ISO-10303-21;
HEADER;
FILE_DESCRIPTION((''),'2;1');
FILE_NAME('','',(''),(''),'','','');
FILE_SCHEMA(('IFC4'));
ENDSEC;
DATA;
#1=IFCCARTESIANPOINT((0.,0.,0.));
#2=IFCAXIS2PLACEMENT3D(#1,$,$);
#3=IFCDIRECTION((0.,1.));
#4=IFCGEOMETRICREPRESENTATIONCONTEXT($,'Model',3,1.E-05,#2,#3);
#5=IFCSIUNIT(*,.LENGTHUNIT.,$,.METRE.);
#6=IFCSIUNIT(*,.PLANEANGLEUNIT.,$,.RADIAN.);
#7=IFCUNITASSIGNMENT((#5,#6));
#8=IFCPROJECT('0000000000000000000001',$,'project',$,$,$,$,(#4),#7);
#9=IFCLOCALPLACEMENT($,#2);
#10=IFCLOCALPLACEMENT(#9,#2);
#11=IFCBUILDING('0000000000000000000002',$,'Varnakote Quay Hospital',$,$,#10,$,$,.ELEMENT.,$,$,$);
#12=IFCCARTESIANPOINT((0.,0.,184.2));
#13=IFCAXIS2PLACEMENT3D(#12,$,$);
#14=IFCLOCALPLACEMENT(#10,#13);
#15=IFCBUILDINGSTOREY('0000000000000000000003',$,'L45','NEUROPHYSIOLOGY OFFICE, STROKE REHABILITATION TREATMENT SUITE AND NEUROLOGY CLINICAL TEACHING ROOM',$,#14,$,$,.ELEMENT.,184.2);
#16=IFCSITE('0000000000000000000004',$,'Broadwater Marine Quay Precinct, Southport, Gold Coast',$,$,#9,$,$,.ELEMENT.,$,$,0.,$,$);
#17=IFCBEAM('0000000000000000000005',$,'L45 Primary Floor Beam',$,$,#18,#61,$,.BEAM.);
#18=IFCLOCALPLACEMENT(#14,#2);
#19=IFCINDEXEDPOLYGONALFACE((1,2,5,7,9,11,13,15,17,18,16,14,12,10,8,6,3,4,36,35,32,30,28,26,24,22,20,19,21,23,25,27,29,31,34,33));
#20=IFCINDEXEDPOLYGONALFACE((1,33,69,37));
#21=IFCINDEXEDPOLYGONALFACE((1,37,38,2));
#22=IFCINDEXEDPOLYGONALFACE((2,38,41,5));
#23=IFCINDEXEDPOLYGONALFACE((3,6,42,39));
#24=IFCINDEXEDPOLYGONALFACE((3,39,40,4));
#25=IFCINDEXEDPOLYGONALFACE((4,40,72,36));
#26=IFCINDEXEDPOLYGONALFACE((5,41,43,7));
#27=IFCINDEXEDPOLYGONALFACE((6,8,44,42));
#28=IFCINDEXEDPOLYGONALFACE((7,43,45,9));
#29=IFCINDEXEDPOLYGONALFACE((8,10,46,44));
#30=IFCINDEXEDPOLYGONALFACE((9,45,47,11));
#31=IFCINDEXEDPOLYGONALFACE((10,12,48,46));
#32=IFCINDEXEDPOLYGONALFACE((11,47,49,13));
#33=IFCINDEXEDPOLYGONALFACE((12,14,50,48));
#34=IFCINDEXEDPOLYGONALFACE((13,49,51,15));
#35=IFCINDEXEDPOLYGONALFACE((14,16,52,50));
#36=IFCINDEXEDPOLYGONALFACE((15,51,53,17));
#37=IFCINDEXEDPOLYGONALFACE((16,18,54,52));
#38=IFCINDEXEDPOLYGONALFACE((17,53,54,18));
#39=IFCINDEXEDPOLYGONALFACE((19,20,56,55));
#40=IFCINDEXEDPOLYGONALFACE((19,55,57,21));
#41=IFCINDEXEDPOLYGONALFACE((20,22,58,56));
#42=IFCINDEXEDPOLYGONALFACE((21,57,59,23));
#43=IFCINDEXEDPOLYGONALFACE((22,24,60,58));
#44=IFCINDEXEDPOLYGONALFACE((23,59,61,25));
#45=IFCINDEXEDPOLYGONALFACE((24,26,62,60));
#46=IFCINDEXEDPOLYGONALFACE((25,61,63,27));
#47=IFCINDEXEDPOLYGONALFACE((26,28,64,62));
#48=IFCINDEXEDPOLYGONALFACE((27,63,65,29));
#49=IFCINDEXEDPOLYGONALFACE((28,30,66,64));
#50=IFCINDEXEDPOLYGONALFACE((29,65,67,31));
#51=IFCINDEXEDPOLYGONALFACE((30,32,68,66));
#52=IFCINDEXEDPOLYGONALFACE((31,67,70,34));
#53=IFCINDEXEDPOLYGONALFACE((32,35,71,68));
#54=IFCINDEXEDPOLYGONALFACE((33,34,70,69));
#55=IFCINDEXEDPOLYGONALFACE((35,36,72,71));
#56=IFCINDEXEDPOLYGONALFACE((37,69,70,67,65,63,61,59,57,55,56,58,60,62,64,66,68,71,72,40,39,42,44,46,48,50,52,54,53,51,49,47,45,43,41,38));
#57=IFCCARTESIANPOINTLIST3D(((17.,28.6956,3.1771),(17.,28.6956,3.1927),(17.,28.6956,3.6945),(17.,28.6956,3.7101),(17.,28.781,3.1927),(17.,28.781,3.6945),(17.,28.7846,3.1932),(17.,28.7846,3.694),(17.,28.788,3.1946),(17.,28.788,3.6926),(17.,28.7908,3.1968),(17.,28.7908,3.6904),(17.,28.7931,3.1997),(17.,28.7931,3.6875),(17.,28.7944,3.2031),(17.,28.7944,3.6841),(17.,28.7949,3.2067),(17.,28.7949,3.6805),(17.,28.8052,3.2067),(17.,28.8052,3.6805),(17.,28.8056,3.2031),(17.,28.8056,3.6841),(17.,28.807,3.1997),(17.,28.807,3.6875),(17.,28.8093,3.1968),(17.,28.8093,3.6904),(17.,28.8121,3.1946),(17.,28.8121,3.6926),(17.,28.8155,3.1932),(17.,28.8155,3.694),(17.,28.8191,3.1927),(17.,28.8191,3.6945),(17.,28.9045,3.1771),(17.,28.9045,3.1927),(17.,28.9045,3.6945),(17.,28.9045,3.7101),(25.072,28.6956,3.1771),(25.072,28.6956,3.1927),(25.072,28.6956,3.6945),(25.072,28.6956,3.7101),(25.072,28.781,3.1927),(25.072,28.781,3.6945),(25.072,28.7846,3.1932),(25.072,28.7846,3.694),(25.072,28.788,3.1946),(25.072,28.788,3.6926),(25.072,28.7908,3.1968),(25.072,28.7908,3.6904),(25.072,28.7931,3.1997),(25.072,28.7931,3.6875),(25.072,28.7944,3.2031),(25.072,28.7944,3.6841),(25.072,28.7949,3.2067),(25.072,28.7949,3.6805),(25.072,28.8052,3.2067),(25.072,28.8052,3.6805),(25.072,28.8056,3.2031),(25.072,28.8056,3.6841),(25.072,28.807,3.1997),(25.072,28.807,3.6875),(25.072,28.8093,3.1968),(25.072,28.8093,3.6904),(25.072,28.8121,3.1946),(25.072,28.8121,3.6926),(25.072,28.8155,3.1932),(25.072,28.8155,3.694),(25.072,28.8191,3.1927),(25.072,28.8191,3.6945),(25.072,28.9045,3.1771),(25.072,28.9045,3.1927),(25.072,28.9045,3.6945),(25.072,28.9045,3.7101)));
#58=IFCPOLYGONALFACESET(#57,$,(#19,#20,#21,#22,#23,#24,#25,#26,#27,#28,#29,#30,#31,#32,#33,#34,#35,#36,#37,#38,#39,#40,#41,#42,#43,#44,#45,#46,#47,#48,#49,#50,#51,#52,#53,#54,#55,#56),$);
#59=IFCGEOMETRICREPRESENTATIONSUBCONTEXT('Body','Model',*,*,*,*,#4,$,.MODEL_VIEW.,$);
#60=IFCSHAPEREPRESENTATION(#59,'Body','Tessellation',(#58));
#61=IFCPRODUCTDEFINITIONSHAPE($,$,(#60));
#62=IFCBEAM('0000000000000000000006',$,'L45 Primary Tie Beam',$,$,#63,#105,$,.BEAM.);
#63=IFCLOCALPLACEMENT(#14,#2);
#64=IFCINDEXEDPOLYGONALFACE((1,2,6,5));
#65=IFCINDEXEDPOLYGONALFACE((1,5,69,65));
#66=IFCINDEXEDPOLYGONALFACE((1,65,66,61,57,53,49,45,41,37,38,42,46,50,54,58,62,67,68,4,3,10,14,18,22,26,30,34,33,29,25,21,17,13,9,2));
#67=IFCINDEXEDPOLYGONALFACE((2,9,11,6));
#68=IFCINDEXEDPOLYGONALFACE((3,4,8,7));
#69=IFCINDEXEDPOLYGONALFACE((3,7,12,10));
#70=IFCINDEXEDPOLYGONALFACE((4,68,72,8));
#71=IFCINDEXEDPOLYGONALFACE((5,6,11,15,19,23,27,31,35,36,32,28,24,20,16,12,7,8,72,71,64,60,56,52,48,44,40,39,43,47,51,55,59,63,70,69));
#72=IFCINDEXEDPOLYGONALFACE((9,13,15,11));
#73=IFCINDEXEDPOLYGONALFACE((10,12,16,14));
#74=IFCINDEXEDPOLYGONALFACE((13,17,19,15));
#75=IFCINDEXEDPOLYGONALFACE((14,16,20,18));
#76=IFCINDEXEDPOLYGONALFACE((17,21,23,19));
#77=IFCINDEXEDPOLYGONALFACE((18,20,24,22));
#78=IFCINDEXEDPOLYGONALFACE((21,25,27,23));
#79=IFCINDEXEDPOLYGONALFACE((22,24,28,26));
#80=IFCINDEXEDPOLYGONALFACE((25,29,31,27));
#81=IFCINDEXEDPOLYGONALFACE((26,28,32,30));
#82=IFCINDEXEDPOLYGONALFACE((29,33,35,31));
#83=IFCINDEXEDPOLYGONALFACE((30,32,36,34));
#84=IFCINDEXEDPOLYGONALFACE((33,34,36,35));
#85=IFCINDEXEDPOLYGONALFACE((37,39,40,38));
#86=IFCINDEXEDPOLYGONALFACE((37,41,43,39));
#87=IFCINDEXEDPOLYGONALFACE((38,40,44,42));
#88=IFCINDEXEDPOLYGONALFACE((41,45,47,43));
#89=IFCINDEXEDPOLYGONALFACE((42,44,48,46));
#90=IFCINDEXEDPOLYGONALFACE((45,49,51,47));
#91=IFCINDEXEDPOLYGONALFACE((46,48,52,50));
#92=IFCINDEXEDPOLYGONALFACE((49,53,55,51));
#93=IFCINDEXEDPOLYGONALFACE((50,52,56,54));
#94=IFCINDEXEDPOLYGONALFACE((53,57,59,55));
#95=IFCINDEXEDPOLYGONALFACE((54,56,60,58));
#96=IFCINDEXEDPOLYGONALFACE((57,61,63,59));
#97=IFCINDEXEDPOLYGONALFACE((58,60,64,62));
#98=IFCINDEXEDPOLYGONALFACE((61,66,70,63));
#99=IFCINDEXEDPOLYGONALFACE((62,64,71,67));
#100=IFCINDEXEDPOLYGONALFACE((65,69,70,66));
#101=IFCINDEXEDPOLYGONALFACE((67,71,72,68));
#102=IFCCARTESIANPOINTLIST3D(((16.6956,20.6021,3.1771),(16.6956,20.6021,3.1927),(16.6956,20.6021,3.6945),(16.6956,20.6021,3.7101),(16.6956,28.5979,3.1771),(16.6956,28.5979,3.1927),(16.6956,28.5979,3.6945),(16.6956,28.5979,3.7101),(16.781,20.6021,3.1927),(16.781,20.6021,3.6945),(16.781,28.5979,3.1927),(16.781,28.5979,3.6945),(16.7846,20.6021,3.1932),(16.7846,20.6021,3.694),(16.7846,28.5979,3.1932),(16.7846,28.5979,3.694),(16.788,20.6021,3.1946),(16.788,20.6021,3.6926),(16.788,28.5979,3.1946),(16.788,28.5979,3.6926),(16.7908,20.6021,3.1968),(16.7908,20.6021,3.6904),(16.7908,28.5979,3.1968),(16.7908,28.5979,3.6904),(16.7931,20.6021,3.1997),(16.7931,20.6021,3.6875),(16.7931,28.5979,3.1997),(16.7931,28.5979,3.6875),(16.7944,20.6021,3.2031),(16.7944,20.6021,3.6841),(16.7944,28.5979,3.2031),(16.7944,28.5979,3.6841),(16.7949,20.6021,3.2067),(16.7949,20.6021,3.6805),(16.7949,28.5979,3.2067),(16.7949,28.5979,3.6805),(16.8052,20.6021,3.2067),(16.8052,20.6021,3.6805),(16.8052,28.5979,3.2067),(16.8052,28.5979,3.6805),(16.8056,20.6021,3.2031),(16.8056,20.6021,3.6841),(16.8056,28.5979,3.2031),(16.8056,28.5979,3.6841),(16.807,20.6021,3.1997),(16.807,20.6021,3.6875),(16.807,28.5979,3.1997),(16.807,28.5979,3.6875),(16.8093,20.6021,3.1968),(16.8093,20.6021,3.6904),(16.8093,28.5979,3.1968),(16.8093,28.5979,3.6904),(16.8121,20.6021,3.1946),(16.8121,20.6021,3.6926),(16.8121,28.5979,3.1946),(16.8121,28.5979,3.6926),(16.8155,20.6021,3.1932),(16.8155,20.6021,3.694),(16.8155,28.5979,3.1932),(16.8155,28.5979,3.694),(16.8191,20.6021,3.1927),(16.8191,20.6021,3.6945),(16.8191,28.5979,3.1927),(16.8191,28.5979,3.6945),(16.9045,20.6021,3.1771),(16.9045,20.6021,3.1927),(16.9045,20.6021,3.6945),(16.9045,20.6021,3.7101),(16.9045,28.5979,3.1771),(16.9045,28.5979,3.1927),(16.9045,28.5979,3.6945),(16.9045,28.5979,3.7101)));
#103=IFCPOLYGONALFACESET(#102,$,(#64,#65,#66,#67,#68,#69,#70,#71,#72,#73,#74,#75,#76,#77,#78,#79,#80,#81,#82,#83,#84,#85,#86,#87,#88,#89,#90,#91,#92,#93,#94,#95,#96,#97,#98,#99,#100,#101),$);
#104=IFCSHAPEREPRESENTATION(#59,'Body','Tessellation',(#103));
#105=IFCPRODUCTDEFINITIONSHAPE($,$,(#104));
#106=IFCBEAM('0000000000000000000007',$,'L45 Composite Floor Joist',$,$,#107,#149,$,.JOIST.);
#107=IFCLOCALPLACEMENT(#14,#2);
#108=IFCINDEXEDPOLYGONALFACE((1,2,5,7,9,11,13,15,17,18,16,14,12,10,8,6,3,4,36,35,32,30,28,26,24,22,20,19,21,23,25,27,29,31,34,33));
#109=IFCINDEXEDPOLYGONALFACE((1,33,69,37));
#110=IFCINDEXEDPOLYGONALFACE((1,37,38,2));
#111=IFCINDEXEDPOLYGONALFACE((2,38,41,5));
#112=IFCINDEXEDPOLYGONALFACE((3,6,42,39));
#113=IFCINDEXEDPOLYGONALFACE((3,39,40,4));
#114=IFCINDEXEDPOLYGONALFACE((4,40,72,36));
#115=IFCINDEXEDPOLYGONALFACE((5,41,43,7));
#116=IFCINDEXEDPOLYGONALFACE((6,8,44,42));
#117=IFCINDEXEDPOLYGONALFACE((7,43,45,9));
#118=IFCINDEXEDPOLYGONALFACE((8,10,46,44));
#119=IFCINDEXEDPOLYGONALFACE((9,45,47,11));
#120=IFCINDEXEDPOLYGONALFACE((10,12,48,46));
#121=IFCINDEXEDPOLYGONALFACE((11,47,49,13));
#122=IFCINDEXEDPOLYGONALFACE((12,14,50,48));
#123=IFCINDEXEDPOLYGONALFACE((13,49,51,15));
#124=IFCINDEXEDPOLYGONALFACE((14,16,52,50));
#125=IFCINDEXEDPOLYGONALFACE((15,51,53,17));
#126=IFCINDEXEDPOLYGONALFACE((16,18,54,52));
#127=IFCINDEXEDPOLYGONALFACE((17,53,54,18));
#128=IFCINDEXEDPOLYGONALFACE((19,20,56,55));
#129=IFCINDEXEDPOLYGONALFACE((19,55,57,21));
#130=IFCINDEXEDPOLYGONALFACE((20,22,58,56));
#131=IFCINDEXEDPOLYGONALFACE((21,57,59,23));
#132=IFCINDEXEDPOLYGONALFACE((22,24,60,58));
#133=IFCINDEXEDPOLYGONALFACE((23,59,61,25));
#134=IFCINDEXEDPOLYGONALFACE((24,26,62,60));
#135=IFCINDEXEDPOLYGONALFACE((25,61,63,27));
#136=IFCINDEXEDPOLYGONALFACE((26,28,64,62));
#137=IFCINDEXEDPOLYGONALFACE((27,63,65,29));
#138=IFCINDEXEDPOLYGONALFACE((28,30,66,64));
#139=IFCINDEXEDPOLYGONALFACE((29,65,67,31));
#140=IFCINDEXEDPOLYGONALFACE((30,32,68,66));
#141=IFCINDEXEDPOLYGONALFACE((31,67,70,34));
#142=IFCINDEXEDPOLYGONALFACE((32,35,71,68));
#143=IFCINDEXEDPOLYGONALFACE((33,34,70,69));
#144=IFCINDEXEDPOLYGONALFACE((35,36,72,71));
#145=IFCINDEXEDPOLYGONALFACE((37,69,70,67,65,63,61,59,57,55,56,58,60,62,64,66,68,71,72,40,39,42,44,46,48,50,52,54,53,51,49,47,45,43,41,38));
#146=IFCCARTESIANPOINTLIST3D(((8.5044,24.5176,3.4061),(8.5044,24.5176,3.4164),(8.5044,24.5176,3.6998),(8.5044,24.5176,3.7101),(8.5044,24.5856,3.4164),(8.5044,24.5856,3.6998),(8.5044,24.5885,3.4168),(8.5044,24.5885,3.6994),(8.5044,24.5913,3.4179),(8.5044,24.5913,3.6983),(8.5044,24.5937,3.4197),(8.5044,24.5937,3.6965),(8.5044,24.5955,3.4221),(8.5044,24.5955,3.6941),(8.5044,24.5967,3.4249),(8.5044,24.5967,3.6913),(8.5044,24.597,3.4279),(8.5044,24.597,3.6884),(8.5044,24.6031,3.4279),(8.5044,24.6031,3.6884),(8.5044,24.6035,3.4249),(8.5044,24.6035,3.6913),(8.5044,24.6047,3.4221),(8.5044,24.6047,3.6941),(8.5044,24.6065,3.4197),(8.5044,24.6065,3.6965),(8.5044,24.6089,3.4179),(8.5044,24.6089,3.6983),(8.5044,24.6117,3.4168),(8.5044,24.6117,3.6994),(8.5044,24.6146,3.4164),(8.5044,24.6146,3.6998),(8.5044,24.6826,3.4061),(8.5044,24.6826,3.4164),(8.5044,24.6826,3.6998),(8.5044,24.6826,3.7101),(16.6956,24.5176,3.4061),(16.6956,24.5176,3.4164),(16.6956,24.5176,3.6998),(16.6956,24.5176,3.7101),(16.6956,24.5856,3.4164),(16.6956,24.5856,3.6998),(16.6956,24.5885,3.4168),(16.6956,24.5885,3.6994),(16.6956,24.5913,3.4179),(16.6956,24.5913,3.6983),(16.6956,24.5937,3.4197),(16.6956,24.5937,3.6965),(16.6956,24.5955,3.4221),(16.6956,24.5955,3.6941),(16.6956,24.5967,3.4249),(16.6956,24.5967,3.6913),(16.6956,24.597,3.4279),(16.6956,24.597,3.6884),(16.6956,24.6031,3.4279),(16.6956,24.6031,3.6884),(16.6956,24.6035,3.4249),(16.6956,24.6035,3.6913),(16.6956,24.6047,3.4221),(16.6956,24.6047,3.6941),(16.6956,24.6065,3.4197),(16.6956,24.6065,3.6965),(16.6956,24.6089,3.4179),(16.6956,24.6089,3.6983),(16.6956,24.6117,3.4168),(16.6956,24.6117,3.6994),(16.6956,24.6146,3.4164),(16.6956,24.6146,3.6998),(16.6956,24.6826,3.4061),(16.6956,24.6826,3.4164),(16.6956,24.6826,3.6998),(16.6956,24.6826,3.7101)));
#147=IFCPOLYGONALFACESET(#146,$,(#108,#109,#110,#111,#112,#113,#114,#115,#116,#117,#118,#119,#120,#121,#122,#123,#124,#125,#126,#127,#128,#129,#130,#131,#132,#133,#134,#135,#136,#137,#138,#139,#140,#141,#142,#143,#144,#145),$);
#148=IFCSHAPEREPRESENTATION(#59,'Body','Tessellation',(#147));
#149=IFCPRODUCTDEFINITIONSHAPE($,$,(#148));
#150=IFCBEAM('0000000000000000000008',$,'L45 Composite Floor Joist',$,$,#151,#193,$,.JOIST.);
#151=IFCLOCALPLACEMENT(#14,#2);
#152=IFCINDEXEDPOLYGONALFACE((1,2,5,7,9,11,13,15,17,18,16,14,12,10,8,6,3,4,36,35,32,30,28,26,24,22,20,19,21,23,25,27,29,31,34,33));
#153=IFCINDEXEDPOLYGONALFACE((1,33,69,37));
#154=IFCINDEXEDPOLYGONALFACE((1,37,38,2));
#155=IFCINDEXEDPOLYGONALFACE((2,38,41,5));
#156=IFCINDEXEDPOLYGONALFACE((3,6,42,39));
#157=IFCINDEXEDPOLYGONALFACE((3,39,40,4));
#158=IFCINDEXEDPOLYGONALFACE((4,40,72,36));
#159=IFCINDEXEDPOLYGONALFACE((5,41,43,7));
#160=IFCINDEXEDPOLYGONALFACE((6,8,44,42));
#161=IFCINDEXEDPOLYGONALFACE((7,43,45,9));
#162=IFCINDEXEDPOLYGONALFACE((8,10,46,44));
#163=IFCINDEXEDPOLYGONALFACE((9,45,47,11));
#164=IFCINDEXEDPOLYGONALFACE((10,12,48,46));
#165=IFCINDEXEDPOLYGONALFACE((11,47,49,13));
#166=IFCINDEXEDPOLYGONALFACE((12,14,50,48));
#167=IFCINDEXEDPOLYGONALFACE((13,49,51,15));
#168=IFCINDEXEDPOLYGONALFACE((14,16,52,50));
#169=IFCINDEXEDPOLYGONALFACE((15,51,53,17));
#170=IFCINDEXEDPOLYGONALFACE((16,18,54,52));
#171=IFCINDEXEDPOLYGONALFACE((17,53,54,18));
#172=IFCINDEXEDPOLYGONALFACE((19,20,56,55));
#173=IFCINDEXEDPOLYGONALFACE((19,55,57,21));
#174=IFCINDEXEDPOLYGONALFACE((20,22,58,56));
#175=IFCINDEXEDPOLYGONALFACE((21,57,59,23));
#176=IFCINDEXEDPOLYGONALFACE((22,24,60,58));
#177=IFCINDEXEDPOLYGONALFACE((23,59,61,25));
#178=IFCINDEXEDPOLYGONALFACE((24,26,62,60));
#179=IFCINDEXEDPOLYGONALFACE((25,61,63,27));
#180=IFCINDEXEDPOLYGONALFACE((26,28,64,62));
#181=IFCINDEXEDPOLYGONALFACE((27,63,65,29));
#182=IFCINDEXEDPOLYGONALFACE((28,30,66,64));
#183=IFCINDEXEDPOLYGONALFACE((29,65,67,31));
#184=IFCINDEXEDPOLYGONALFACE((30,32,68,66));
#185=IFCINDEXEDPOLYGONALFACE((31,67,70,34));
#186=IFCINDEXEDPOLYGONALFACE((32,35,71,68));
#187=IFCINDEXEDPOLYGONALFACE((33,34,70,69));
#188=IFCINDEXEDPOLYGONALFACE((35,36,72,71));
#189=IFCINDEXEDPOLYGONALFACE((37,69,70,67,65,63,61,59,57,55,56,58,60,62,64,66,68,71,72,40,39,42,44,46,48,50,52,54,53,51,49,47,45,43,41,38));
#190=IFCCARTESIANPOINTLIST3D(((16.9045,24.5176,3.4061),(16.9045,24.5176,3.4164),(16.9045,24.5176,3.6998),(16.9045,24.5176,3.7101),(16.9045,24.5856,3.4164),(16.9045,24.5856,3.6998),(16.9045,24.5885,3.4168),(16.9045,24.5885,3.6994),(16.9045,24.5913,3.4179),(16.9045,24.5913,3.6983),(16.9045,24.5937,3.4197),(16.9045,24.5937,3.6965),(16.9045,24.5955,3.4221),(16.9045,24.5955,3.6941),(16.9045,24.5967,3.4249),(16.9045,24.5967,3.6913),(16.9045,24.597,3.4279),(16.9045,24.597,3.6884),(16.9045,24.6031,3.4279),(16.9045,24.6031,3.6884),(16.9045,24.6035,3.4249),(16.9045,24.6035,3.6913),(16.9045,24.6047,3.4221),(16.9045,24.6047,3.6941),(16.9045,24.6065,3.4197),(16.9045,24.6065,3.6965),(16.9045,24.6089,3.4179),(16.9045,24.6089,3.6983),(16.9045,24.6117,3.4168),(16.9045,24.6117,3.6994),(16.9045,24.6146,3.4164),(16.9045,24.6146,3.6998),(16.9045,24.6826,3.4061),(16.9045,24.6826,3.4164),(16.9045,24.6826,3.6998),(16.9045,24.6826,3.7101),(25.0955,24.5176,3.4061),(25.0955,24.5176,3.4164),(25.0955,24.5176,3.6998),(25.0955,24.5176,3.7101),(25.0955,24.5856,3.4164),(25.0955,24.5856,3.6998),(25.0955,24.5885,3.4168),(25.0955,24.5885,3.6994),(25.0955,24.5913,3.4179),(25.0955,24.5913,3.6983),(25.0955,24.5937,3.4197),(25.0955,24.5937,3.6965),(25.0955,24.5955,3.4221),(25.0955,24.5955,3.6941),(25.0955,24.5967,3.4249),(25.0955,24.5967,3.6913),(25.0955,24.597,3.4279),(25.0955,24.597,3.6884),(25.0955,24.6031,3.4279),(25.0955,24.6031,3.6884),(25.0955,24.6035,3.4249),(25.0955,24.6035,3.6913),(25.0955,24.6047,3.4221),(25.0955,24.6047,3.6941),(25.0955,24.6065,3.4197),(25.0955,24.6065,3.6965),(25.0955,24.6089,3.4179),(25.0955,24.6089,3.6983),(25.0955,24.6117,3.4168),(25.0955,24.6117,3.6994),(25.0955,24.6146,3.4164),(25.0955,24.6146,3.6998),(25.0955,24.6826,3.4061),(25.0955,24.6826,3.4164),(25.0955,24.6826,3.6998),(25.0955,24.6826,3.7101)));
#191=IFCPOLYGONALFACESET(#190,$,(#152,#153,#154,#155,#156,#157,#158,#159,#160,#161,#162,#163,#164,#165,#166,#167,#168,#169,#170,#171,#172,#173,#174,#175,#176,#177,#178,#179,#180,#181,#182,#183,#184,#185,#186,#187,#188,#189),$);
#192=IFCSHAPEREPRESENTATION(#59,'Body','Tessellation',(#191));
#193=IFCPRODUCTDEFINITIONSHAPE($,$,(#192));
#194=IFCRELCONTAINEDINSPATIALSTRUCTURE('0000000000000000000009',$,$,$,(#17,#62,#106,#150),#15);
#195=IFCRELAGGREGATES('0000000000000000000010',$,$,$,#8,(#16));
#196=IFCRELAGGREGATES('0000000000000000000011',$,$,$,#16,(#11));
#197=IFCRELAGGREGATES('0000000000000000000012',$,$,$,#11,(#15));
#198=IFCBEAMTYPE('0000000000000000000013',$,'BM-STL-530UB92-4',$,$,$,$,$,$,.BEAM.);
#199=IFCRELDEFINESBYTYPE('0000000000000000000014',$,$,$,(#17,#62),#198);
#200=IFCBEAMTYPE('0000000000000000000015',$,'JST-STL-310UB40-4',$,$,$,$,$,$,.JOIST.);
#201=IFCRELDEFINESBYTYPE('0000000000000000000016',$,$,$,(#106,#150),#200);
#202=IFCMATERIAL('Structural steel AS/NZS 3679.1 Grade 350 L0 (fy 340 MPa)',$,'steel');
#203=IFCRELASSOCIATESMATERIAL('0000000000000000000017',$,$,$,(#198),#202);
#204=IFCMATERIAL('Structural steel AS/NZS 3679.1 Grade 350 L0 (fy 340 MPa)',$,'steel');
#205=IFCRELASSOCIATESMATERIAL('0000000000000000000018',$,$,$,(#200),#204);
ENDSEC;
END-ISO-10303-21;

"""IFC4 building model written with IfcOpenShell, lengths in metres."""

from ifc_helpers import new_model, si_unit, direction, frame, origin, origin_2d, place, context, subcontext, project, spatial, i_section, extrude, material, material_profile, profile_set, type_object, element, save


model = new_model("IFC4")

# Units and contexts
model_context = context("Model", 3, precision=1e-05, world=origin(), true_north=direction((0.0, 1.0)))
body_context = subcontext(model_context, "Body", "Model", "MODEL_VIEW")
ifc_project = project(units=[si_unit("LENGTHUNIT", "METRE"), si_unit("PLANEANGLEUNIT", "RADIAN")], contexts=[model_context])

# Site, building, storey
site_placement = place(None, origin())
site = spatial("IfcSite", under=ifc_project, at=site_placement, Name="Broadwater Marine Quay Precinct, Southport, Gold Coast", CompositionType="ELEMENT", RefElevation=0.0)
building_placement = place(site_placement, origin())
building = spatial("IfcBuilding", under=site, at=building_placement, Name="Varnakote Quay Hospital", CompositionType="ELEMENT")
storey_placement = place(building_placement, frame((0.0, 0.0, 184.2)))
storey = spatial("IfcBuildingStorey", under=building, at=storey_placement, Name="L45", Description="NEUROPHYSIOLOGY OFFICE, STROKE REHABILITATION TREATMENT SUITE AND NEUROLOGY CLINICAL TEACHING ROOM", CompositionType="ELEMENT", Elevation=184.2)

# Beams
ifc_material_1 = material(Name="Structural steel AS/NZS 3679.1 Grade 350 L0 (fy 340 MPa)", Category="steel")
ifc_material_profile_1 = material_profile(ifc_material_1, i_section(OverallWidth=0.209, OverallDepth=0.533, WebThickness=0.0103, FlangeThickness=0.0156, FilletRadius=0.0139, at=origin_2d()), Name="530UB92.4")
ifc_profile_set_1 = profile_set([ifc_material_profile_1], Name="Structural steel AS/NZS 3679.1 Grade 350 L0 (fy 340 MPa)")
beam_type_1 = type_object("IfcBeamType", Name="BM-STL-530UB92-4", PredefinedType="BEAM", material=ifc_profile_set_1)
for number, where, z_axis, x_axis, name in (
    (1, (17.0, 28.8, 3.4436), (1.0, 0.0, 0.0), (0.0, 1.0, 0.0), "L45 Primary Floor Beam"),
):
    element("IfcBeam", number, at=place(storey_placement, frame(where, z_axis=z_axis, x_axis=x_axis)), inside=storey, type_object=beam_type_1, Name=name, PredefinedType="BEAM", context=body_context, shape_type="SweptSolid", body=[
        extrude(i_section(OverallWidth=0.209, OverallDepth=0.533, WebThickness=0.0103, FlangeThickness=0.0156, FilletRadius=0.0139, at=origin_2d()), origin(), (0.0, 0.0, 1.0), 8.072),
    ])
beam_1_placement = place(storey_placement, frame((16.8, 20.6021, 3.4436), z_axis=(0.0, 1.0, 0.0), x_axis=(-1.0, 0.0, 0.0)))
element("IfcBeam", 2, at=beam_1_placement, inside=storey, type_object=beam_type_1, Name="L45 Primary Tie Beam", PredefinedType="BEAM", context=body_context, shape_type="SweptSolid", body=[
    extrude(i_section(OverallWidth=0.209, OverallDepth=0.533, WebThickness=0.0103, FlangeThickness=0.0156, FilletRadius=0.0139, at=origin_2d()), origin(), (0.0, 0.0, 1.0), 7.9958),
])
ifc_material_2 = material(Name="Structural steel AS/NZS 3679.1 Grade 350 L0 (fy 340 MPa)", Category="steel")
ifc_material_profile_2 = material_profile(ifc_material_2, i_section(OverallWidth=0.165, OverallDepth=0.304, WebThickness=0.0061, FlangeThickness=0.0103, FilletRadius=0.0115, at=origin_2d()), Name="310UB40.4")
ifc_profile_set_2 = profile_set([ifc_material_profile_2], Name="Structural steel AS/NZS 3679.1 Grade 350 L0 (fy 340 MPa)")
beam_type_2 = type_object("IfcBeamType", Name="JST-STL-310UB40-4", PredefinedType="JOIST", material=ifc_profile_set_2)
beam_2_placement = place(storey_placement, frame((8.5044, 24.6001, 3.5581), z_axis=(1.0, 0.0, 0.0), x_axis=(0.0, 1.0, 0.0)))
element("IfcBeam", 3, at=beam_2_placement, inside=storey, type_object=beam_type_2, Name="L45 Composite Floor Joist", PredefinedType="JOIST", context=body_context, shape_type="SweptSolid", body=[
    extrude(i_section(OverallWidth=0.165, OverallDepth=0.304, WebThickness=0.0061, FlangeThickness=0.0103, FilletRadius=0.0115, at=origin_2d()), origin(), (0.0, 0.0, 1.0), 8.1912),
])
beam_3_placement = place(storey_placement, frame((16.9045, 24.6001, 3.5581), z_axis=(1.0, 0.0, 0.0), x_axis=(0.0, 1.0, 0.0)))
element("IfcBeam", 4, at=beam_3_placement, inside=storey, type_object=beam_type_2, Name="L45 Composite Floor Joist", PredefinedType="JOIST", context=body_context, shape_type="SweptSolid", body=[
    extrude(i_section(OverallWidth=0.165, OverallDepth=0.304, WebThickness=0.0061, FlangeThickness=0.0103, FilletRadius=0.0115, at=origin_2d()), origin(), (0.0, 0.0, 1.0), 8.1909),
])

save(model, "model.ifc")
